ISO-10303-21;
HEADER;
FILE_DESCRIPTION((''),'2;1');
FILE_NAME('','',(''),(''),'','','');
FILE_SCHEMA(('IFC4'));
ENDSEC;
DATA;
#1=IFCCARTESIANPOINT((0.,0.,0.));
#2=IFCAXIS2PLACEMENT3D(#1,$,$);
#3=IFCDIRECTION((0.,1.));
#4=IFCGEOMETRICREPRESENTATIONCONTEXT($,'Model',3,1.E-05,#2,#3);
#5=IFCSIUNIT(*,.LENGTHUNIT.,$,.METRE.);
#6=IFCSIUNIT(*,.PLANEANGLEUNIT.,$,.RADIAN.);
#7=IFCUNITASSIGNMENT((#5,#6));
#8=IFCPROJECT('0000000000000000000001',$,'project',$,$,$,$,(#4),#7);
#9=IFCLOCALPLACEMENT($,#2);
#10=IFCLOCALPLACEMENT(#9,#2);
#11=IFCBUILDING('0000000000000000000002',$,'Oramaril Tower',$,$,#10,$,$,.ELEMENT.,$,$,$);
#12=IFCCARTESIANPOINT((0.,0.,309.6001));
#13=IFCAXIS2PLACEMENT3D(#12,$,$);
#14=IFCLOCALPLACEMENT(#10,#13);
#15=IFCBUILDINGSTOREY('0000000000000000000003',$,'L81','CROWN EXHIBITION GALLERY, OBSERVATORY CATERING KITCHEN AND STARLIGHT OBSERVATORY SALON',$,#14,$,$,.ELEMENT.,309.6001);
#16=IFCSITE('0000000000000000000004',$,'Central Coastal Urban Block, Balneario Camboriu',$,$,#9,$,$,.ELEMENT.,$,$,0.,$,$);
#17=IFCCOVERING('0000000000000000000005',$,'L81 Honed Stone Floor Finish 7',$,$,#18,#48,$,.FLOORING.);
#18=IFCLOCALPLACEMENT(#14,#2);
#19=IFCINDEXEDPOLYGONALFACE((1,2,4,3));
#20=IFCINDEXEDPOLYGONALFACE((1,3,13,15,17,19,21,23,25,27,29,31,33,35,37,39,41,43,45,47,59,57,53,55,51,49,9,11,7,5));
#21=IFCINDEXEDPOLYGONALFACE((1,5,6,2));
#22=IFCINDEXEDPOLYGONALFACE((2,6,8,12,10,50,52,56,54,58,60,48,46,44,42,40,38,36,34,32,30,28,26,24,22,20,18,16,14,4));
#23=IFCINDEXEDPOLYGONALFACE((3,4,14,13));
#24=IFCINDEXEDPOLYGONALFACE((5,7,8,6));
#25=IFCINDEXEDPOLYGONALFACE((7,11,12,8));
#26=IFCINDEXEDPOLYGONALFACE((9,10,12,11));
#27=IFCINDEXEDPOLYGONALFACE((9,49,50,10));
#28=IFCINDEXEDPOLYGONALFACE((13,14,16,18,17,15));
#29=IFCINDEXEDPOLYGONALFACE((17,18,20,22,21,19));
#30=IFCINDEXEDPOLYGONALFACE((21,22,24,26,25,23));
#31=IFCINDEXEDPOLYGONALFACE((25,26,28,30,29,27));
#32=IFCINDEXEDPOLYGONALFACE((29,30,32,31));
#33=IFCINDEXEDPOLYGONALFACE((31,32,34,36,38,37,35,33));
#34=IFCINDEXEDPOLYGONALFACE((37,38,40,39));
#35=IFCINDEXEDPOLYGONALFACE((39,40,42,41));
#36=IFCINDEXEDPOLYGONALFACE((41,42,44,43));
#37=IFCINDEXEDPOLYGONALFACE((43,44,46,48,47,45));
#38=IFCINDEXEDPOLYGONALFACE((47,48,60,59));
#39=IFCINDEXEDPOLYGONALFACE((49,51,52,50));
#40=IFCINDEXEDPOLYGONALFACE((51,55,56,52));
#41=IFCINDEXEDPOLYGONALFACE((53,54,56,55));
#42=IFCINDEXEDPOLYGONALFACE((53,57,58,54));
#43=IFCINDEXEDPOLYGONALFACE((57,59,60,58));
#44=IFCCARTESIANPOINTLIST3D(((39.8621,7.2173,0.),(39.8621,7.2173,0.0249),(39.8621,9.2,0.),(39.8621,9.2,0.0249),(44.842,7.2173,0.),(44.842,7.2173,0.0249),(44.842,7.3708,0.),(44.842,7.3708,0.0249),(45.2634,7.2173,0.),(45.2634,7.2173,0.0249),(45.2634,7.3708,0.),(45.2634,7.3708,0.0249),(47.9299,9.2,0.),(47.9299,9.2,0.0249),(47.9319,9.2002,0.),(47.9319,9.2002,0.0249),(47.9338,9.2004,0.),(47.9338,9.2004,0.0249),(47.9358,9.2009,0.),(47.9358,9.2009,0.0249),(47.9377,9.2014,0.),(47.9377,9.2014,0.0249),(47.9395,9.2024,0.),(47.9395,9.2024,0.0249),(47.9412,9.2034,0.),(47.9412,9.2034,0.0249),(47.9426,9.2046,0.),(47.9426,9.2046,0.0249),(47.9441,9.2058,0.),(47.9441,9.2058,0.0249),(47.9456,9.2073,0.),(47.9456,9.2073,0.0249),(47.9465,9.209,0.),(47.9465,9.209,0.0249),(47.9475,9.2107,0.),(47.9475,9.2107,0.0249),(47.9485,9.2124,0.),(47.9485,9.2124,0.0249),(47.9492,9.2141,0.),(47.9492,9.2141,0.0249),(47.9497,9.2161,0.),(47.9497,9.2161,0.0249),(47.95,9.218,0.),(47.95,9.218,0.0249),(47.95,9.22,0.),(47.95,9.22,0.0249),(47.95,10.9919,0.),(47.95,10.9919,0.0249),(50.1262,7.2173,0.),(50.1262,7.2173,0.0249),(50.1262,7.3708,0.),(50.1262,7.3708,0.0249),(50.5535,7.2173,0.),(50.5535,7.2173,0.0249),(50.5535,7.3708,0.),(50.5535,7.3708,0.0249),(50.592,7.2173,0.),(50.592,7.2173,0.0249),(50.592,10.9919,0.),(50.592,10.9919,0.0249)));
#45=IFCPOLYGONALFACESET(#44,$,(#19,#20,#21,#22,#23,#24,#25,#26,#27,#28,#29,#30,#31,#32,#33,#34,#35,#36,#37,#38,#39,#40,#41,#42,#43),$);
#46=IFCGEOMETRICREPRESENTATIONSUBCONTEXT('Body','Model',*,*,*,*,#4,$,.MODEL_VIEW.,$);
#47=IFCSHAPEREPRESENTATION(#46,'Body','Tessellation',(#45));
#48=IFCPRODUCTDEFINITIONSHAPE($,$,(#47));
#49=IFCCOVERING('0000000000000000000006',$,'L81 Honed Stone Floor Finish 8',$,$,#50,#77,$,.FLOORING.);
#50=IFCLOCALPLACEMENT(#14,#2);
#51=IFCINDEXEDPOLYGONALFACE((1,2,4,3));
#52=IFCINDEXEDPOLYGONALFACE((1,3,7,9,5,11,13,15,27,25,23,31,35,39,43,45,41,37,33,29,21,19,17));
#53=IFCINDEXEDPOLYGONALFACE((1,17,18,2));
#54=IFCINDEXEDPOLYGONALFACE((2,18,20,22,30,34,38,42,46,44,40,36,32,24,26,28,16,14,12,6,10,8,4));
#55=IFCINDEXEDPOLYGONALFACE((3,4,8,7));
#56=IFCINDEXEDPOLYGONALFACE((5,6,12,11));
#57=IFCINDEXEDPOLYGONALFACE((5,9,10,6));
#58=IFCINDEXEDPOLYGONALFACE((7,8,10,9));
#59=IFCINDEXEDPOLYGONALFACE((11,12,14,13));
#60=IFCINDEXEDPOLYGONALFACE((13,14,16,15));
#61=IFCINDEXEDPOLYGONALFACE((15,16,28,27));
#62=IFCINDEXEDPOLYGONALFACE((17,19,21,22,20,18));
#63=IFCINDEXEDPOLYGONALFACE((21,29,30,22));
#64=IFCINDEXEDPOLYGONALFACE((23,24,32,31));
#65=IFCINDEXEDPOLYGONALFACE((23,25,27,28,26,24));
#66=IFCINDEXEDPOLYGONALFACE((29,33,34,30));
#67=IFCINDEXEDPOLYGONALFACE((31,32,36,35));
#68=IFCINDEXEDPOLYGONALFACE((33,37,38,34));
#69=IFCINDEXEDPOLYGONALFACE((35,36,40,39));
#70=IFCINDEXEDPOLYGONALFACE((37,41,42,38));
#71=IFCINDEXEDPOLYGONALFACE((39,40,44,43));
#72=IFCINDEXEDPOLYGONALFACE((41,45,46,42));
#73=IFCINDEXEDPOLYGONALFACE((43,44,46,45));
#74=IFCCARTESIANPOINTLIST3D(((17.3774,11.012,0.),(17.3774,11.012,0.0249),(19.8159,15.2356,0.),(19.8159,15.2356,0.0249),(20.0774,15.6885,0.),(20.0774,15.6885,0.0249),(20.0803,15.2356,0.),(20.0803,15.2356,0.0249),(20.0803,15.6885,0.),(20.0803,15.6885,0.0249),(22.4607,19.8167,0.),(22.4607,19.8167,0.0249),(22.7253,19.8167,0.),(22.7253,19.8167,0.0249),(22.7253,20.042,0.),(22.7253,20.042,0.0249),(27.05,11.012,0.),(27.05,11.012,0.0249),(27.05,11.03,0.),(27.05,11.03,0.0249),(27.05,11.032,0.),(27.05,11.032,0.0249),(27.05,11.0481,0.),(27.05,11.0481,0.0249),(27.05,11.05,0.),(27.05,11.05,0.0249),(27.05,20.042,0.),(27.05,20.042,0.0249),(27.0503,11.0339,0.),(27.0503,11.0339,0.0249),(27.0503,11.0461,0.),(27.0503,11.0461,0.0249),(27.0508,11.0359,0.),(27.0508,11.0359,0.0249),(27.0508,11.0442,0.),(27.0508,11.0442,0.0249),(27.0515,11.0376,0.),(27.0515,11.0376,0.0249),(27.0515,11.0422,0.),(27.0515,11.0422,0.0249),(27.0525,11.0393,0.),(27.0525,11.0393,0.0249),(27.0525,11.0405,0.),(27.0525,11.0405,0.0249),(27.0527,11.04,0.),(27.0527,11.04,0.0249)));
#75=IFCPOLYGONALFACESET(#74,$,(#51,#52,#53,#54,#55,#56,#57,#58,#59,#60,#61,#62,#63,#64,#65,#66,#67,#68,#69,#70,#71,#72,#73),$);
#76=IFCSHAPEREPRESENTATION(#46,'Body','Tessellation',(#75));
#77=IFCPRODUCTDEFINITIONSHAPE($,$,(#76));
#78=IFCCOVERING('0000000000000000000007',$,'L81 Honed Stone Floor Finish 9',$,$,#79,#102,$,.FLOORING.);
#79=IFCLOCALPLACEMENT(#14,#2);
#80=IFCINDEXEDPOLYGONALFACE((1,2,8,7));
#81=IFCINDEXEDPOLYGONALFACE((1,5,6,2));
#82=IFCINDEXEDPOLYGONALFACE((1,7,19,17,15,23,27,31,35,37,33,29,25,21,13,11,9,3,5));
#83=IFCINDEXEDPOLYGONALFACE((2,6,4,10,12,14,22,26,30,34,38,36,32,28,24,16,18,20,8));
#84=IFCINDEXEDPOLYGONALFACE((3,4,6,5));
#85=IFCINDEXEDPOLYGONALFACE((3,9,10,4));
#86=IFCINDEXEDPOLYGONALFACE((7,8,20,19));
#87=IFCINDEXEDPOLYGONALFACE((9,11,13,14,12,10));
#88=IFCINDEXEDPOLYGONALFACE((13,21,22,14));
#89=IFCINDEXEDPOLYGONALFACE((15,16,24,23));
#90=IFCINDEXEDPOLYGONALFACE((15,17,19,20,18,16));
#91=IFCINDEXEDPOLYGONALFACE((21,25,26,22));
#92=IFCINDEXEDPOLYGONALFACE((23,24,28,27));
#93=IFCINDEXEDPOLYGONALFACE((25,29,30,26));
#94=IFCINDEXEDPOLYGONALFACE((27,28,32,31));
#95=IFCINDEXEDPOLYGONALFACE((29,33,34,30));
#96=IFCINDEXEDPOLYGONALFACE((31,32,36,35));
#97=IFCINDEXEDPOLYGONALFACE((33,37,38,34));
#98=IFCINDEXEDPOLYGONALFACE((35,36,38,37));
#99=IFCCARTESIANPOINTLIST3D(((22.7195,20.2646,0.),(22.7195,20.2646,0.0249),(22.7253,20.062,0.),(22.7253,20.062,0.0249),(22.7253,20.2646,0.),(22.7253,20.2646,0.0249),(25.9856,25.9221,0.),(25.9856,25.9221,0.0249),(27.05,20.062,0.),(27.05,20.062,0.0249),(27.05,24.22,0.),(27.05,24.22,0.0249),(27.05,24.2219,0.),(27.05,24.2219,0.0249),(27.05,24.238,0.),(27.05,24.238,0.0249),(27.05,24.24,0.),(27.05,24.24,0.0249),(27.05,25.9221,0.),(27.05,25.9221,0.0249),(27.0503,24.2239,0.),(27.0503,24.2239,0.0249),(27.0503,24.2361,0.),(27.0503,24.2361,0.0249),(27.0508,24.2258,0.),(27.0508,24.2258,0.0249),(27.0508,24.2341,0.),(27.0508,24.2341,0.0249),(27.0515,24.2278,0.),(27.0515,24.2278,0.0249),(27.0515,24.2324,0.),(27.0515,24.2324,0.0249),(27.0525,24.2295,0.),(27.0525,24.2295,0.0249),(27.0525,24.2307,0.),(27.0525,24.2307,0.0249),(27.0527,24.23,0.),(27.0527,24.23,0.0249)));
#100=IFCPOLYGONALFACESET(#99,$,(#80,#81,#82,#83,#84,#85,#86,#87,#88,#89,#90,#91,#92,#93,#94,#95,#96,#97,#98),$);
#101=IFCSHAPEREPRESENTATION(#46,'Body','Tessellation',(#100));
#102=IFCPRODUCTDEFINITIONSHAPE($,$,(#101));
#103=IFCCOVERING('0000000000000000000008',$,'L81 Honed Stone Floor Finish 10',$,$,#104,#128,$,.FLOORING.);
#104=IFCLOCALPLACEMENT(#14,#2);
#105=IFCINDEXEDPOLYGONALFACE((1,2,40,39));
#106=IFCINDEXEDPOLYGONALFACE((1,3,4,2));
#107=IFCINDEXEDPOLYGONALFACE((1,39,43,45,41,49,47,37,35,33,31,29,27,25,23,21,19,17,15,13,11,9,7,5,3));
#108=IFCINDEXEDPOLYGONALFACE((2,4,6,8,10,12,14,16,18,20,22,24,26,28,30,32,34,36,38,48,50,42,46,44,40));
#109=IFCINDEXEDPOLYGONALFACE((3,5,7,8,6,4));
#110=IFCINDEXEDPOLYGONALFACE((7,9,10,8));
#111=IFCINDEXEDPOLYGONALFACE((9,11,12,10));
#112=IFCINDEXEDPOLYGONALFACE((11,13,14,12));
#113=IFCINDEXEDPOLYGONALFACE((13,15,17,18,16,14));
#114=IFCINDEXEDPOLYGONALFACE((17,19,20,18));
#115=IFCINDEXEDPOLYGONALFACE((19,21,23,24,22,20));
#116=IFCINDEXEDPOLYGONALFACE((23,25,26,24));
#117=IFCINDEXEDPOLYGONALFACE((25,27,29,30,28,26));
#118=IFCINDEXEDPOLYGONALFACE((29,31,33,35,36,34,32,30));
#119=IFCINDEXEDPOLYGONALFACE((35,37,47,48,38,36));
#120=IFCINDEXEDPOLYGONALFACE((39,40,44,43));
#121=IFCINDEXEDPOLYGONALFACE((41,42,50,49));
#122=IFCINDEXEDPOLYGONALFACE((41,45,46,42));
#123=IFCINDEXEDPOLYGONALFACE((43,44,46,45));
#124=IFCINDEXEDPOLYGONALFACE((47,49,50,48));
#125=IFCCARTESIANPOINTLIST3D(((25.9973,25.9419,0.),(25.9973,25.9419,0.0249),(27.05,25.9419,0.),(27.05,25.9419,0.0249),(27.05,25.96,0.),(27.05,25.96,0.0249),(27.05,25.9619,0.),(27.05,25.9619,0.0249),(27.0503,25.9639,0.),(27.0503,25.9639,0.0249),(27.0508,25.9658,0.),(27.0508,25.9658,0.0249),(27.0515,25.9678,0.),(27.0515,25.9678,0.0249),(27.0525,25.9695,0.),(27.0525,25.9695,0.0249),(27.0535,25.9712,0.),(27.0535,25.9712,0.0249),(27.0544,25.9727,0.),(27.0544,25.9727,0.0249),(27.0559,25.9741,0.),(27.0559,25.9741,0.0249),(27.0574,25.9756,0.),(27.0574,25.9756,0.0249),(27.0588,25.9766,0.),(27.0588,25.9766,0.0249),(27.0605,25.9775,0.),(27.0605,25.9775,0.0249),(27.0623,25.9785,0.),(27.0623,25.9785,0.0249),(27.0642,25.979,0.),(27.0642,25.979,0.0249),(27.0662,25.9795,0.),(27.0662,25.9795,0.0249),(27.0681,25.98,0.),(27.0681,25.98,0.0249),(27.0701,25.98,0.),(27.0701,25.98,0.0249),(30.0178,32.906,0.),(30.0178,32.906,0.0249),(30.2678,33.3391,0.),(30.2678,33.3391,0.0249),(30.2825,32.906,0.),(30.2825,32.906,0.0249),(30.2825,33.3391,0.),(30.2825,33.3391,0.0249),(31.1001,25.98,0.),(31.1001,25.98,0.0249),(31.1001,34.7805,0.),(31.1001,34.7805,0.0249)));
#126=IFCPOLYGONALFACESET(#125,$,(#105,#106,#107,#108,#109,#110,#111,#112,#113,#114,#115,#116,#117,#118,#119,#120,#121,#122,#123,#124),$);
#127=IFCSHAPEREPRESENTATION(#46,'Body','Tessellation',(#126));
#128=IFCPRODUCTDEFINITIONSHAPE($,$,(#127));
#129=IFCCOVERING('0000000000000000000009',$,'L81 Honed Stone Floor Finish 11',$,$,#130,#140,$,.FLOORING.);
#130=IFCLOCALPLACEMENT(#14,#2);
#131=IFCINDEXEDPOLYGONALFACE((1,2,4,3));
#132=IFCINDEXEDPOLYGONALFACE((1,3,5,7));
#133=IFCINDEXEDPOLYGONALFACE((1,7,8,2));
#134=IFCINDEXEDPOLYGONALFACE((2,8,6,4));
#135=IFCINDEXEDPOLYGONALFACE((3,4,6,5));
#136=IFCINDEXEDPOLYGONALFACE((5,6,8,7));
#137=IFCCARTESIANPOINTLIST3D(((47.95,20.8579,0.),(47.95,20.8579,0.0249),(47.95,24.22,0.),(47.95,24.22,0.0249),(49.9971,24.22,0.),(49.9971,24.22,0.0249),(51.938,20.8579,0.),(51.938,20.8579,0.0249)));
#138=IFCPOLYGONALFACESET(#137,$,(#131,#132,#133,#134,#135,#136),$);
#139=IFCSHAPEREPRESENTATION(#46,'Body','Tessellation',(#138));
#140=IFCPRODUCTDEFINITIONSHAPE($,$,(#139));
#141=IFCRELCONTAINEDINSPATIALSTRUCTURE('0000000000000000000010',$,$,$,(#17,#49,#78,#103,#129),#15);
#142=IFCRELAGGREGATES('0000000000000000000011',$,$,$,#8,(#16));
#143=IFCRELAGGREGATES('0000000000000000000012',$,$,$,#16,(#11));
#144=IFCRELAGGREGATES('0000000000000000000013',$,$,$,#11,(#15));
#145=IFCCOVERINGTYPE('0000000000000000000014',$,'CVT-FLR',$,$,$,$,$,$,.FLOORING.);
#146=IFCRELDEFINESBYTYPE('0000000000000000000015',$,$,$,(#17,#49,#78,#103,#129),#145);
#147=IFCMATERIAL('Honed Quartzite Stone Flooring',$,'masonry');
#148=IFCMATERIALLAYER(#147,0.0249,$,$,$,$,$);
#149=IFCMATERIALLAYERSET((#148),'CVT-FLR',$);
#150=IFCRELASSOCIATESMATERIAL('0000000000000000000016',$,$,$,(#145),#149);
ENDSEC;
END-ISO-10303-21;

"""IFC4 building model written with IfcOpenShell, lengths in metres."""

from ifc_helpers import new_model, si_unit, direction, frame, origin, place, context, subcontext, project, spatial, polyline, outline, extrude, material, layer, layer_set, type_object, element, save


model = new_model("IFC4")

# Units and contexts
model_context = context("Model", 3, precision=1e-05, world=origin(), true_north=direction((0.0, 1.0)))
body_context = subcontext(model_context, "Body", "Model", "MODEL_VIEW")
ifc_project = project(units=[si_unit("LENGTHUNIT", "METRE"), si_unit("PLANEANGLEUNIT", "RADIAN")], contexts=[model_context])

# Site, building, storey
site_placement = place(None, origin())
site = spatial("IfcSite", under=ifc_project, at=site_placement, Name="Central Coastal Urban Block, Balneario Camboriu", CompositionType="ELEMENT", RefElevation=0.0)
building_placement = place(site_placement, origin())
building = spatial("IfcBuilding", under=site, at=building_placement, Name="Oramaril Tower", CompositionType="ELEMENT")
storey_placement = place(building_placement, frame((0.0, 0.0, 309.6001)))
storey = spatial("IfcBuildingStorey", under=building, at=storey_placement, Name="L81", Description="CROWN EXHIBITION GALLERY, OBSERVATORY CATERING KITCHEN AND STARLIGHT OBSERVATORY SALON", CompositionType="ELEMENT", Elevation=309.6001)

# Coverings
ifc_material_1 = material(Name="Honed Quartzite Stone Flooring", Category="masonry")
ifc_layer_1 = layer(ifc_material_1, 0.0249)
ifc_layer_set_1 = layer_set([ifc_layer_1], Name="CVT-FLR")
covering_type_1 = type_object("IfcCoveringType", Name="CVT-FLR", PredefinedType="FLOORING", material=ifc_layer_set_1)
covering_1_placement = place(storey_placement, origin())
element("IfcCovering", 1, at=covering_1_placement, inside=storey, type_object=covering_type_1, Name="L81 Honed Stone Floor Finish 7", PredefinedType="FLOORING", context=body_context, shape_type="SweptSolid", body=[
    extrude(outline(polyline([(50.592, 7.2173), (50.5535, 7.2173), (50.5535, 7.3708), (50.1262, 7.3708), (50.1262, 7.2173), (45.2634, 7.2173), (45.2634, 7.3708), (44.842, 7.3708), (44.842, 7.2173), (39.8621, 7.2173), (39.8621, 9.2), (47.9299, 9.2), (47.9319, 9.2002), (47.9338, 9.2004), (47.9358, 9.2009), (47.9377, 9.2014), (47.9395, 9.2024), (47.9412, 9.2034), (47.9426, 9.2046), (47.9441, 9.2058), (47.9456, 9.2073), (47.9465, 9.209), (47.9475, 9.2107), (47.9485, 9.2124), (47.9492, 9.2141), (47.9497, 9.2161), (47.95, 9.218), (47.95, 9.22), (47.95, 10.9919), (50.592, 10.9919), (50.592, 7.2173)])), origin(), (0.0, 0.0, 1.0), 0.0249),
])
covering_2_placement = place(storey_placement, origin())
element("IfcCovering", 2, at=covering_2_placement, inside=storey, type_object=covering_type_1, Name="L81 Honed Stone Floor Finish 8", PredefinedType="FLOORING", context=body_context, shape_type="SweptSolid", body=[
    extrude(outline(polyline([(19.8159, 15.2356), (20.0803, 15.2356), (20.0803, 15.6885), (20.0774, 15.6885), (22.4607, 19.8167), (22.7253, 19.8167), (22.7253, 20.042), (27.05, 20.042), (27.05, 11.05), (27.05, 11.0481), (27.0503, 11.0461), (27.0508, 11.0442), (27.0515, 11.0422), (27.0525, 11.0405), (27.0527, 11.04), (27.0525, 11.0393), (27.0515, 11.0376), (27.0508, 11.0359), (27.0503, 11.0339), (27.05, 11.032), (27.05, 11.03), (27.05, 11.012), (17.3774, 11.012), (19.8159, 15.2356)])), origin(), (0.0, 0.0, 1.0), 0.0249),
])
covering_3_placement = place(storey_placement, origin())
element("IfcCovering", 3, at=covering_3_placement, inside=storey, type_object=covering_type_1, Name="L81 Honed Stone Floor Finish 9", PredefinedType="FLOORING", context=body_context, shape_type="SweptSolid", body=[
    extrude(outline(polyline([(22.7253, 20.2646), (22.7195, 20.2646), (25.9856, 25.9221), (27.05, 25.9221), (27.05, 24.24), (27.05, 24.238), (27.0503, 24.2361), (27.0508, 24.2341), (27.0515, 24.2324), (27.0525, 24.2307), (27.0527, 24.23), (27.0525, 24.2295), (27.0515, 24.2278), (27.0508, 24.2258), (27.0503, 24.2239), (27.05, 24.2219), (27.05, 24.22), (27.05, 20.062), (22.7253, 20.062), (22.7253, 20.2646)])), origin(), (0.0, 0.0, 1.0), 0.0249),
])
covering_4_placement = place(storey_placement, origin())
element("IfcCovering", 4, at=covering_4_placement, inside=storey, type_object=covering_type_1, Name="L81 Honed Stone Floor Finish 10", PredefinedType="FLOORING", context=body_context, shape_type="SweptSolid", body=[
    extrude(outline(polyline([(30.2825, 32.906), (30.2825, 33.3391), (30.2678, 33.3391), (31.1001, 34.7805), (31.1001, 25.98), (27.0701, 25.98), (27.0681, 25.98), (27.0662, 25.9795), (27.0642, 25.979), (27.0623, 25.9785), (27.0605, 25.9775), (27.0588, 25.9766), (27.0574, 25.9756), (27.0559, 25.9741), (27.0544, 25.9727), (27.0535, 25.9712), (27.0525, 25.9695), (27.0515, 25.9678), (27.0508, 25.9658), (27.0503, 25.9639), (27.05, 25.9619), (27.05, 25.96), (27.05, 25.9419), (25.9973, 25.9419), (30.0178, 32.906), (30.2825, 32.906)])), origin(), (0.0, 0.0, 1.0), 0.0249),
])
covering_5_placement = place(storey_placement, origin())
element("IfcCovering", 5, at=covering_5_placement, inside=storey, type_object=covering_type_1, Name="L81 Honed Stone Floor Finish 11", PredefinedType="FLOORING", context=body_context, shape_type="SweptSolid", body=[
    extrude(outline(polyline([(51.938, 20.8579), (47.95, 20.8579), (47.95, 24.22), (49.9971, 24.22), (51.938, 20.8579)])), origin(), (0.0, 0.0, 1.0), 0.0249),
])

save(model, "model.ifc")
